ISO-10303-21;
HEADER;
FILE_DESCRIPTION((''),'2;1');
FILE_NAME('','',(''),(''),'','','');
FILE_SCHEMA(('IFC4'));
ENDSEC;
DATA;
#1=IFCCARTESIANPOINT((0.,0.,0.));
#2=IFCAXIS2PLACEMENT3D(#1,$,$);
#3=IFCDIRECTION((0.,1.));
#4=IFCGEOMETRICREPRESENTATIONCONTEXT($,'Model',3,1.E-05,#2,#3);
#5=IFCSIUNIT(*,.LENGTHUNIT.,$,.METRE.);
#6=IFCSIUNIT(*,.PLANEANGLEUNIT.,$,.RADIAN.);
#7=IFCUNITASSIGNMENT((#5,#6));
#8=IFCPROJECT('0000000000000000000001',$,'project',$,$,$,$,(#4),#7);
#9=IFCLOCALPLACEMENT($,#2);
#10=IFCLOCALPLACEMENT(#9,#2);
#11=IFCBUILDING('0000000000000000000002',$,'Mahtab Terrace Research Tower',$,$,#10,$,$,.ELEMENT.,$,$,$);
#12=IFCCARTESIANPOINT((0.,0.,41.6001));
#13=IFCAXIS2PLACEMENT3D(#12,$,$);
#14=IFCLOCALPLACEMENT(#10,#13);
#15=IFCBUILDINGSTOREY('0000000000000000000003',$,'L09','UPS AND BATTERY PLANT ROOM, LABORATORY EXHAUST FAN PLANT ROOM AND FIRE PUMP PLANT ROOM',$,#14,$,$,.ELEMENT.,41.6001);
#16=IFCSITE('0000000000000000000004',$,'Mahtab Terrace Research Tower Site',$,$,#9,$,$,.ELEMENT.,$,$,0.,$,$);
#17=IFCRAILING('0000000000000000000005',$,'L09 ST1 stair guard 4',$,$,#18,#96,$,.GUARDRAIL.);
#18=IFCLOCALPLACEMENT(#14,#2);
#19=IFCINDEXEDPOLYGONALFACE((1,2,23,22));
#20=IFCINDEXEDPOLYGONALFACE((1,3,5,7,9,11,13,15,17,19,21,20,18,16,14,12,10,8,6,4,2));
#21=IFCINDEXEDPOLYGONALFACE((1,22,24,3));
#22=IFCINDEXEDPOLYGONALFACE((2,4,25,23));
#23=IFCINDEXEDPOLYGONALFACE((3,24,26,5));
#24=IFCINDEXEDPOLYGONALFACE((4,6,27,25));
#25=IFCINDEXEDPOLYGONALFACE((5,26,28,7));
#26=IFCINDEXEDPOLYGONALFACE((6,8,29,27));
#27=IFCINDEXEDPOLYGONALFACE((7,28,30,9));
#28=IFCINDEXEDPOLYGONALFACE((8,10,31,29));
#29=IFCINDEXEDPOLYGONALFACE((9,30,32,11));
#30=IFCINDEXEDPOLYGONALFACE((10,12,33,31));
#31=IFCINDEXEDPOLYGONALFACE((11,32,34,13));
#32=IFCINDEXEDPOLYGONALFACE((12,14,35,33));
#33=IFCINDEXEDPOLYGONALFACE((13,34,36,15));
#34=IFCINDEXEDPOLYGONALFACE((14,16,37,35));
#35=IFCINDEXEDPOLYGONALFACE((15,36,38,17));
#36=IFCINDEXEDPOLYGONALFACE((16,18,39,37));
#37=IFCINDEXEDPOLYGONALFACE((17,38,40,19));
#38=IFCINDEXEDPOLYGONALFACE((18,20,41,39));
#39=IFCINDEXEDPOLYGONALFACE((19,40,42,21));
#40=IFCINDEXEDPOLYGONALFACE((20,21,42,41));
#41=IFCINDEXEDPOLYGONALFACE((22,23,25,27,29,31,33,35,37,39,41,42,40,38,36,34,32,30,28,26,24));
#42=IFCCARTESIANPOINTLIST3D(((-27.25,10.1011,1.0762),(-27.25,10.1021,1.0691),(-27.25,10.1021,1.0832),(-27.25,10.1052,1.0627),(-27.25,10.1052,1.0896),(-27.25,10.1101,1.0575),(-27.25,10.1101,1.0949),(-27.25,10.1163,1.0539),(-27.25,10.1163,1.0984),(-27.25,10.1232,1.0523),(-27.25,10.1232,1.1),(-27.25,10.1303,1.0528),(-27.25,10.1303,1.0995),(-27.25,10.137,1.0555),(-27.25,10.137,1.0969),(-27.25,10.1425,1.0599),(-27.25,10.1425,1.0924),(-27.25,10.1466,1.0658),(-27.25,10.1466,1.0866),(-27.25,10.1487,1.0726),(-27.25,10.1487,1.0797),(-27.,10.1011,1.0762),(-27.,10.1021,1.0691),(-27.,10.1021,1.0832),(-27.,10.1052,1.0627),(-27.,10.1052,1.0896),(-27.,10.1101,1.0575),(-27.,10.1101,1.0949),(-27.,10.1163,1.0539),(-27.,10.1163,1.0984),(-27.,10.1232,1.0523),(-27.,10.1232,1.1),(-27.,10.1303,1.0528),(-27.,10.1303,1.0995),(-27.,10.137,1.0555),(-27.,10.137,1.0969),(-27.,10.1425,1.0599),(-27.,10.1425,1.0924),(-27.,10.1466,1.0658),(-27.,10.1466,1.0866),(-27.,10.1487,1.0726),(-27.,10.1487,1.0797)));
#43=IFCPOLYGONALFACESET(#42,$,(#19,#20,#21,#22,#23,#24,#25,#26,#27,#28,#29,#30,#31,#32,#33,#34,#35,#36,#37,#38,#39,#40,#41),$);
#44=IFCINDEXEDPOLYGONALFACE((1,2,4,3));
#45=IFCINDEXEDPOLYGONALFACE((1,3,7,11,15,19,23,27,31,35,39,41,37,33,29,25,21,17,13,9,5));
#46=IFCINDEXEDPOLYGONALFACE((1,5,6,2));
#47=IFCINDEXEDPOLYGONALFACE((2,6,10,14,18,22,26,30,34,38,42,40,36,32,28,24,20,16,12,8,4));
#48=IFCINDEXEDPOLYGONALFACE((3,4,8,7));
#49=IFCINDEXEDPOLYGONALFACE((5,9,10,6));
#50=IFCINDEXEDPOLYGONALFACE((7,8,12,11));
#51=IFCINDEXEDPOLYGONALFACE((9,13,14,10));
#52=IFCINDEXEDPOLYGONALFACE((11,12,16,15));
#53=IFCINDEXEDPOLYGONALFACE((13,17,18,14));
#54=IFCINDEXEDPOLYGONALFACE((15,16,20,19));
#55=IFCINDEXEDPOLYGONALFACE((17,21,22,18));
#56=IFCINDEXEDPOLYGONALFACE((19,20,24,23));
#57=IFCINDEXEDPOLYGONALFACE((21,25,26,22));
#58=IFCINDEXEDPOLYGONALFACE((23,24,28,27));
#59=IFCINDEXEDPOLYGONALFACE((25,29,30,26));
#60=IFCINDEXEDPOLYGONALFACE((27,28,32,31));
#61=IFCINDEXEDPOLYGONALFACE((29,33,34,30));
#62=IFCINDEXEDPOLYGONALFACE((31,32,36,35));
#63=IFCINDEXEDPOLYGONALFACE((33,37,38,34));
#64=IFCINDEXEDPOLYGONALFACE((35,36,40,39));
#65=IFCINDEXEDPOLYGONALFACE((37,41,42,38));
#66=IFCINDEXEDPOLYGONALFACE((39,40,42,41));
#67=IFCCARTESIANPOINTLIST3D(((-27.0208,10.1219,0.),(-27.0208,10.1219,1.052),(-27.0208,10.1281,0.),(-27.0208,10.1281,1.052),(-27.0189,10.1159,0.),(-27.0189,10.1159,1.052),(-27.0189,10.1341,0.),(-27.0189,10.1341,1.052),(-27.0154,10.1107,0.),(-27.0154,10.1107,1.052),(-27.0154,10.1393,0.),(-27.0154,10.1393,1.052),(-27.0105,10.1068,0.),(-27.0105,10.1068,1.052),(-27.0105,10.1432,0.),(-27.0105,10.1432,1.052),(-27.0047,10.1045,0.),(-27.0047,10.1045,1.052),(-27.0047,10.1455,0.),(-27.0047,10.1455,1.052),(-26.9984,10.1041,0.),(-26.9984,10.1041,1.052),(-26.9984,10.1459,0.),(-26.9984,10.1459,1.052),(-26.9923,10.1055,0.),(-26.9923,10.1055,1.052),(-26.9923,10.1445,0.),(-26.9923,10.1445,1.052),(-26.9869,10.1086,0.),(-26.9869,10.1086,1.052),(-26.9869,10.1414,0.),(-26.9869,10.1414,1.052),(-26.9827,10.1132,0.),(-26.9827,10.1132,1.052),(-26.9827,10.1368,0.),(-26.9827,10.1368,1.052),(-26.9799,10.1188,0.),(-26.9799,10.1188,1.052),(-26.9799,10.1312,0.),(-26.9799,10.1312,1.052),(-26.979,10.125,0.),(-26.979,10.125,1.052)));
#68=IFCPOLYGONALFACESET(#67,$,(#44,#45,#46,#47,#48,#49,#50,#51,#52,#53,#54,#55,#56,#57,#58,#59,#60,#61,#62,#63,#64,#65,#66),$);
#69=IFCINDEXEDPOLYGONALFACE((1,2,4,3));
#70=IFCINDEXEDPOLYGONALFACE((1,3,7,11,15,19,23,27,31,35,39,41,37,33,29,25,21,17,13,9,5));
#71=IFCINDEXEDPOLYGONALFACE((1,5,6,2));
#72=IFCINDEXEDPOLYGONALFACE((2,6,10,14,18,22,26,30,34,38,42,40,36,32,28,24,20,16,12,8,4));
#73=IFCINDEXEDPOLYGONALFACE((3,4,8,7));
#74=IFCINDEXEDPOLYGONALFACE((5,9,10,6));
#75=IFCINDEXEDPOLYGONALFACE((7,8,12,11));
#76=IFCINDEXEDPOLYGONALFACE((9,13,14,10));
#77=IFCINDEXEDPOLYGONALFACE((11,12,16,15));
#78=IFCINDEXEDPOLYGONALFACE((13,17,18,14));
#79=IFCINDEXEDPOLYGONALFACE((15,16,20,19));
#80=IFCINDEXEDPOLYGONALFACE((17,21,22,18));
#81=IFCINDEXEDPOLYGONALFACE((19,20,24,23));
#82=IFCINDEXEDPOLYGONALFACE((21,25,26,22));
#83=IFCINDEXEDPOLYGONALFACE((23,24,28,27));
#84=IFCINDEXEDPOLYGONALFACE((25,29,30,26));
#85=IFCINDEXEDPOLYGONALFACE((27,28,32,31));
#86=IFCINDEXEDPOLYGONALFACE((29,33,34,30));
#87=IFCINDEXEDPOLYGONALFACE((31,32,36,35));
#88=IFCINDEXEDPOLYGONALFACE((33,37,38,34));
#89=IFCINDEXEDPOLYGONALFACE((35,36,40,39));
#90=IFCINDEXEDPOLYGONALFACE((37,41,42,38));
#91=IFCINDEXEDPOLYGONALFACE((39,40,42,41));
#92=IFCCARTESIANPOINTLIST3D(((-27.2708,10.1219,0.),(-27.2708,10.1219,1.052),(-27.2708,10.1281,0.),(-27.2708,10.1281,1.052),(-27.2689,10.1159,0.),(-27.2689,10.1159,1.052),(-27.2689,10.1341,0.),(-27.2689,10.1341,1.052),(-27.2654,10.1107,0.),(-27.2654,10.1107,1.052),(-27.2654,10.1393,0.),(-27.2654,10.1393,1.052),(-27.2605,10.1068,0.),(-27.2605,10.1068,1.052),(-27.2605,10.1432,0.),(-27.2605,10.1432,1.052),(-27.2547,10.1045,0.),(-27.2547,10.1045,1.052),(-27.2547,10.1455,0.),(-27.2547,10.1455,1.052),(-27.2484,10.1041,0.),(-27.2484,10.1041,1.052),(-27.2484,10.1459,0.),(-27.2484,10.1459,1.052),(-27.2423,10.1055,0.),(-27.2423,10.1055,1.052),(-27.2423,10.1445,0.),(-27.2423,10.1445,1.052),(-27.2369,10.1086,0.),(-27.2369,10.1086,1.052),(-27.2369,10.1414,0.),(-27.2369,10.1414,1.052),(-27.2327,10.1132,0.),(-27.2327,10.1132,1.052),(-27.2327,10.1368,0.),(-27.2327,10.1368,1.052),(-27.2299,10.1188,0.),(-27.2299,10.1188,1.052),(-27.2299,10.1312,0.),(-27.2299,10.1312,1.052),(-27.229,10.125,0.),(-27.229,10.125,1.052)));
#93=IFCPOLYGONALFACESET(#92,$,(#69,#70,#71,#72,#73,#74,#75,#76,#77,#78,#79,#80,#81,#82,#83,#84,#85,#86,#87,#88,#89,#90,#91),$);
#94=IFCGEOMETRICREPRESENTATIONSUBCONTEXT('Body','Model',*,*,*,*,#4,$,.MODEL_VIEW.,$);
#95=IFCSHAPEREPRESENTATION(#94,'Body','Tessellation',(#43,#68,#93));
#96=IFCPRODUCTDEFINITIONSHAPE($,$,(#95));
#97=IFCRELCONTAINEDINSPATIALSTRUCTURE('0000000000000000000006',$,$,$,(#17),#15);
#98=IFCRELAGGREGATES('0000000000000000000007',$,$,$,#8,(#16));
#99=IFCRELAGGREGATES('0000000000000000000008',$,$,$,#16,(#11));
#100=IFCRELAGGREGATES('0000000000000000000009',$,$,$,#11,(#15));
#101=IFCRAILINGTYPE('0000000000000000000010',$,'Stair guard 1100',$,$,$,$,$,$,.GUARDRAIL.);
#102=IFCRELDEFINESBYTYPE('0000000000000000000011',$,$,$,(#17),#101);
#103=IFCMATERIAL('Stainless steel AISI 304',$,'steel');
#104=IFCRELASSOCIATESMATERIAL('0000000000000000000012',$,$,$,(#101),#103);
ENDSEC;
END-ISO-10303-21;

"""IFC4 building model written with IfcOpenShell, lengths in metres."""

from ifc_helpers import new_model, si_unit, direction, frame, origin, origin_2d, place, context, subcontext, project, spatial, circle, extrude, material, type_object, element, save


model = new_model("IFC4")

# Units and contexts
model_context = context("Model", 3, precision=1e-05, world=origin(), true_north=direction((0.0, 1.0)))
body_context = subcontext(model_context, "Body", "Model", "MODEL_VIEW")
ifc_project = project(units=[si_unit("LENGTHUNIT", "METRE"), si_unit("PLANEANGLEUNIT", "RADIAN")], contexts=[model_context])

# Site, building, storey
site_placement = place(None, origin())
site = spatial("IfcSite", under=ifc_project, at=site_placement, Name="Mahtab Terrace Research Tower Site", CompositionType="ELEMENT", RefElevation=0.0)
building_placement = place(site_placement, origin())
building = spatial("IfcBuilding", under=site, at=building_placement, Name="Mahtab Terrace Research Tower", CompositionType="ELEMENT")
storey_placement = place(building_placement, frame((0.0, 0.0, 41.6001)))
storey = spatial("IfcBuildingStorey", under=building, at=storey_placement, Name="L09", Description="UPS AND BATTERY PLANT ROOM, LABORATORY EXHAUST FAN PLANT ROOM AND FIRE PUMP PLANT ROOM", CompositionType="ELEMENT", Elevation=41.6001)

# Railing
ifc_material_1 = material(Name="Stainless steel AISI 304", Category="steel")
railing_type_1 = type_object("IfcRailingType", Name="Stair guard 1100", PredefinedType="GUARDRAIL", material=ifc_material_1)
railing_1_placement = place(storey_placement, frame((-27.0, 10.125, 0.0)))
element("IfcRailing", 1, at=railing_1_placement, inside=storey, type_object=railing_type_1, Name="L09 ST1 stair guard 4", PredefinedType="GUARDRAIL", context=body_context, shape_type="SweptSolid", body=[
    extrude(circle(Radius=0.0239, at=origin_2d()), frame((0.0, 0.0, 1.0762), z_axis=(-1.0, 0.0, 0.0), x_axis=(0.0, -1.0, 0.0)), (0.0, 0.0, 1.0), 0.25),
    extrude(circle(Radius=0.021, at=origin_2d()), origin(), (0.0, 0.0, 1.0), 1.052),
    extrude(circle(Radius=0.021, at=origin_2d()), frame((-0.25, 0.0, 0.0)), (0.0, 0.0, 1.0), 1.052),
])

save(model, "model.ifc")
